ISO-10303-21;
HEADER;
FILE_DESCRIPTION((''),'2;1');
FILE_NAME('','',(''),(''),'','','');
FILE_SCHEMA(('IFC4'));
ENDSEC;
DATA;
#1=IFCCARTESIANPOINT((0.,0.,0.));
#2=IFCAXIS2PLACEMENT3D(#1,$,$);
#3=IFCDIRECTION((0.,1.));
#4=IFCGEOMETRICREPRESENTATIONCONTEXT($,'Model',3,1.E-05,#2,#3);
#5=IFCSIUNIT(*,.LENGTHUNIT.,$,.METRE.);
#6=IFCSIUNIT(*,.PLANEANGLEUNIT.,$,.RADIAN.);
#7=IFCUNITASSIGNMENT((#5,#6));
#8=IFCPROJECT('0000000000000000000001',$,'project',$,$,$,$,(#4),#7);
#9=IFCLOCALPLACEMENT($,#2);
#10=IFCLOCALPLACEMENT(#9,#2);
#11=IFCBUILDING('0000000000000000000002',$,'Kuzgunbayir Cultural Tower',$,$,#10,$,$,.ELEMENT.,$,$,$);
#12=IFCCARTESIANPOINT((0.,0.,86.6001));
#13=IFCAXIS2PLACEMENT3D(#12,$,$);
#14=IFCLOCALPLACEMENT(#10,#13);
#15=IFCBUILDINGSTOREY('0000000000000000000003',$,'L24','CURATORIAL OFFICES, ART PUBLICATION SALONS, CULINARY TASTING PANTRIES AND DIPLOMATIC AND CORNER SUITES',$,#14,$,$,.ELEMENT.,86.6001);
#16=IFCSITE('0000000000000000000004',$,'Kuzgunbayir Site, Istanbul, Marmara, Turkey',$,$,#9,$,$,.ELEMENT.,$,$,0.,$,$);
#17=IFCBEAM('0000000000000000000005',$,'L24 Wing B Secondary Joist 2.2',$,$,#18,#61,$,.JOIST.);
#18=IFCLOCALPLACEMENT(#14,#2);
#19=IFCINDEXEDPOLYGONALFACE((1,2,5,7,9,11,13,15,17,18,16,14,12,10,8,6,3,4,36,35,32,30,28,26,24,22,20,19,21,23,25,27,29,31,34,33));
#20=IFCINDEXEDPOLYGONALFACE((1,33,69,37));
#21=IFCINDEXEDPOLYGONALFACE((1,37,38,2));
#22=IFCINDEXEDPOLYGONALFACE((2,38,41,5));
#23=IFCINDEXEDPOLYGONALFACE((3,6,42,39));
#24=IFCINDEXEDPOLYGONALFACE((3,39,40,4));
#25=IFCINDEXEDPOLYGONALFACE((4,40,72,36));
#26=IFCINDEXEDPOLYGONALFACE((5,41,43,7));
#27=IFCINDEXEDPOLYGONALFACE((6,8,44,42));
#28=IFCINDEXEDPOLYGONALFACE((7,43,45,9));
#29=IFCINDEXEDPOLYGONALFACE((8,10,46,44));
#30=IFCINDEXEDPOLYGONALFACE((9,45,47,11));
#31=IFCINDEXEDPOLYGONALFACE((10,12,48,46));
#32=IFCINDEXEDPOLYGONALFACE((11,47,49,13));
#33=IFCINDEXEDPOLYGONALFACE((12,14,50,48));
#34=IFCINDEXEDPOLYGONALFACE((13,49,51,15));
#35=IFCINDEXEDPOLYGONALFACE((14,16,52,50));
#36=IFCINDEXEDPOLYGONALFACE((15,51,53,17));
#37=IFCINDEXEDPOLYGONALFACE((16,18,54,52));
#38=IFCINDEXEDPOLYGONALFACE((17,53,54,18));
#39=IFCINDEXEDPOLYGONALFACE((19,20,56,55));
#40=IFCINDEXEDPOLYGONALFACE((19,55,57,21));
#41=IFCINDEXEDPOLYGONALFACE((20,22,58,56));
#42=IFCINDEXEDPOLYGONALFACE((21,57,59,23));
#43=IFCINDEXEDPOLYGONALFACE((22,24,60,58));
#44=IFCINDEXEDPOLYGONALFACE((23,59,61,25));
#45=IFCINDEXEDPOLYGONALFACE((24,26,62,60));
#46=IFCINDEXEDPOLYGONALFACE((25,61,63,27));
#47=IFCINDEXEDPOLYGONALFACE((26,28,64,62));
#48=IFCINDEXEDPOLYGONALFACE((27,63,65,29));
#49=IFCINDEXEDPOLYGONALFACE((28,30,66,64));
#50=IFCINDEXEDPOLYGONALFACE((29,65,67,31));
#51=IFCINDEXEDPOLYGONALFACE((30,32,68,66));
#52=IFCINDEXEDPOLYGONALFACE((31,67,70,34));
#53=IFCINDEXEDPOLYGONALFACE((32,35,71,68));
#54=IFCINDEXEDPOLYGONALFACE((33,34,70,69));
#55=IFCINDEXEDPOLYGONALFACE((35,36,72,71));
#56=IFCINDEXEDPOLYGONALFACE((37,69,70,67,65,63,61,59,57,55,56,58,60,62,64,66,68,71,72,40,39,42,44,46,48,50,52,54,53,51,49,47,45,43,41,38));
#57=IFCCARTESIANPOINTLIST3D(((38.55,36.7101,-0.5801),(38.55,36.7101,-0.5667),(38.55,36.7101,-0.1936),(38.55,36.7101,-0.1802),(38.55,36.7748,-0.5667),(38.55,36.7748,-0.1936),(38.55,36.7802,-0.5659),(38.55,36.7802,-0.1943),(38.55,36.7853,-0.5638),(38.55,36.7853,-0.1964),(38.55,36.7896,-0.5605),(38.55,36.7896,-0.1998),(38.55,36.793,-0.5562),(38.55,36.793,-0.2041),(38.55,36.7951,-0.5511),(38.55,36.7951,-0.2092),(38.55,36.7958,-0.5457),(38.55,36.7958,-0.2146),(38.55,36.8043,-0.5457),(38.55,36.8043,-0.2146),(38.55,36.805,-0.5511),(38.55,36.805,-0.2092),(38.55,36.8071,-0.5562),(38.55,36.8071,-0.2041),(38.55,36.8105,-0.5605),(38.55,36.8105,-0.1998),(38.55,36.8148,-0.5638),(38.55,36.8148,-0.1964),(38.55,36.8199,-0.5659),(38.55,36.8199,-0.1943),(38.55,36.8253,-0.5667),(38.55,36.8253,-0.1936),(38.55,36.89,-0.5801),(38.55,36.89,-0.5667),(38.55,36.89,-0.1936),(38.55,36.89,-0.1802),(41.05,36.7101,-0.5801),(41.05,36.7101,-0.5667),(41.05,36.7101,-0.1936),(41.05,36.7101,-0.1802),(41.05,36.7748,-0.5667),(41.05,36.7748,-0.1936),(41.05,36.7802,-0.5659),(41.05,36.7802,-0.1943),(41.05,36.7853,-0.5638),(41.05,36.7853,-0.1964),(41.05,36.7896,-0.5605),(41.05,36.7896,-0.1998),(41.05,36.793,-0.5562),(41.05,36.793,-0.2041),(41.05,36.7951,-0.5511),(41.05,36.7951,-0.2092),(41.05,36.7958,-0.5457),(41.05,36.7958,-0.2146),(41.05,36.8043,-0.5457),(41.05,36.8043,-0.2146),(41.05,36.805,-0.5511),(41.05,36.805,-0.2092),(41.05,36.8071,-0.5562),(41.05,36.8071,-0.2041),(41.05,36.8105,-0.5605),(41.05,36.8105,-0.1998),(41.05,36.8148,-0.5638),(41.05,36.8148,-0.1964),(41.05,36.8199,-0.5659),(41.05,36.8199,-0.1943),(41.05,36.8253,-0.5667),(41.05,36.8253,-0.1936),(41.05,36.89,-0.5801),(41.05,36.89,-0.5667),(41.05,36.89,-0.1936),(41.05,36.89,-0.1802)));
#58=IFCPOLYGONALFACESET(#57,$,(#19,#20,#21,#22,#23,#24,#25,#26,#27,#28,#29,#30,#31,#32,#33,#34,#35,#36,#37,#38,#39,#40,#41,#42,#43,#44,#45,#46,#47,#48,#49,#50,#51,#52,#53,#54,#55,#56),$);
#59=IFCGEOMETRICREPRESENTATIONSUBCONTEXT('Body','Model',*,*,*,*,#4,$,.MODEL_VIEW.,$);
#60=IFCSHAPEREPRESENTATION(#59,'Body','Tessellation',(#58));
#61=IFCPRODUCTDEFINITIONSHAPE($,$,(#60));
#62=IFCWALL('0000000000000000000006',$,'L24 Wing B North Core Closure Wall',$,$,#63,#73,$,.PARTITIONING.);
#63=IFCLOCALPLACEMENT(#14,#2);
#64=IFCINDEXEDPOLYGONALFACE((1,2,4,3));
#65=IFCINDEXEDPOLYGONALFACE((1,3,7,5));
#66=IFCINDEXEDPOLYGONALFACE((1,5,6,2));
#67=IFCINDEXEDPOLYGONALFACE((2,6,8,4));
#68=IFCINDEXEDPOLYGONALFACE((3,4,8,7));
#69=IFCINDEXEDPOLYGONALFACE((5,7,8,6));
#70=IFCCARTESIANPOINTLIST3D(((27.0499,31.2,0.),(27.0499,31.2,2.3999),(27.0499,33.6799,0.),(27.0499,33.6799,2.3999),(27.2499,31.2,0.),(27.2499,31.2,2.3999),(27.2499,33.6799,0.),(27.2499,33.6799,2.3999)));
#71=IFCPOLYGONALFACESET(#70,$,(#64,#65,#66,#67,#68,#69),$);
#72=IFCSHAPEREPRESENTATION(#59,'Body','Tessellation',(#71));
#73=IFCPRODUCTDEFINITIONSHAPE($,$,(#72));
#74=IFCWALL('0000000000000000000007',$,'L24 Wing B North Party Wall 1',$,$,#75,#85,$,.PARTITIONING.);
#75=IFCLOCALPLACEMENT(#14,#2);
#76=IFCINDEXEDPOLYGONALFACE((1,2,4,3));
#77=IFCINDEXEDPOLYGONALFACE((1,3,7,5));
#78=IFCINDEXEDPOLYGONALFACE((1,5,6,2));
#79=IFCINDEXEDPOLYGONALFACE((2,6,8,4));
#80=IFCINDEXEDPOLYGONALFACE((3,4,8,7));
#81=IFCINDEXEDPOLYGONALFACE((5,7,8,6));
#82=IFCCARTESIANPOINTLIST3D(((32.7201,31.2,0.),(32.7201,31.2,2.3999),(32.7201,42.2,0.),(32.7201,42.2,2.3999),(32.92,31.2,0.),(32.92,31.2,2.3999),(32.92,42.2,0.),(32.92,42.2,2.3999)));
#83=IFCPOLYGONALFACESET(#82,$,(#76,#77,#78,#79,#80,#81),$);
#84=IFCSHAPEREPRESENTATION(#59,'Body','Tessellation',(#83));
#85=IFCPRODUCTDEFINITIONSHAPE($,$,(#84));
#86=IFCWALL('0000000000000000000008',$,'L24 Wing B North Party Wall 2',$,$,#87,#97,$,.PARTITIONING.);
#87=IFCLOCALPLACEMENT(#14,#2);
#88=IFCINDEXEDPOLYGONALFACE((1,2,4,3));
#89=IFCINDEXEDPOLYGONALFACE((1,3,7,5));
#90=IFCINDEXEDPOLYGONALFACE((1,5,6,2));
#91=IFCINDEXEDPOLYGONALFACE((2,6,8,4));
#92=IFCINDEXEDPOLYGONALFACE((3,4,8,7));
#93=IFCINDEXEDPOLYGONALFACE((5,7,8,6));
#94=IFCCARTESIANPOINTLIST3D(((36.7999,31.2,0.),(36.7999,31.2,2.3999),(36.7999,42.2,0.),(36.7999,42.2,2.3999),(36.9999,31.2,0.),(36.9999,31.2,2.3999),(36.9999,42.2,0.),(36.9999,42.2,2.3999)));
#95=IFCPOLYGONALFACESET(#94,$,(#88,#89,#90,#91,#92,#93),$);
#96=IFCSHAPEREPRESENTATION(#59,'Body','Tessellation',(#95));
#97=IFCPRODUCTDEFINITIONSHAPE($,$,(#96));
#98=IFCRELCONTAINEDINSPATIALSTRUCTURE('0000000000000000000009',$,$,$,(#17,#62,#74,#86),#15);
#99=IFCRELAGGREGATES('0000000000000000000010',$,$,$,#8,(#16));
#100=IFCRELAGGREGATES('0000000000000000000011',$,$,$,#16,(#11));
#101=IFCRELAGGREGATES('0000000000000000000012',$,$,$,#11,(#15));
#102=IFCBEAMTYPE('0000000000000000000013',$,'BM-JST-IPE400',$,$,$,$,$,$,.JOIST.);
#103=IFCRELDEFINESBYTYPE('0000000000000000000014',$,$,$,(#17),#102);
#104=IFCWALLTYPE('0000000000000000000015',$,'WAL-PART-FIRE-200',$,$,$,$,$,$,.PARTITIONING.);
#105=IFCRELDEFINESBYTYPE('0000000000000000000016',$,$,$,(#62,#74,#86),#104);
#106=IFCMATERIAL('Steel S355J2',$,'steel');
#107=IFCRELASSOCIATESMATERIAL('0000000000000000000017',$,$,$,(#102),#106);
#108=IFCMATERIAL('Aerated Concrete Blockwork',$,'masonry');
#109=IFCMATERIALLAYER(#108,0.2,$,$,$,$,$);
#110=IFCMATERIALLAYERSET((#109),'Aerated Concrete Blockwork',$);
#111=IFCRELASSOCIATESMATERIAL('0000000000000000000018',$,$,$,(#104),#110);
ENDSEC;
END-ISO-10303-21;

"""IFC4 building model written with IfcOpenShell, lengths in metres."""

from ifc_helpers import new_model, si_unit, direction, frame, frame_2d, origin, origin_2d, place, context, subcontext, project, spatial, rectangle, i_section, extrude, material, layer, layer_set, material_profile, profile_set, type_object, element, save


model = new_model("IFC4")

# Units and contexts
model_context = context("Model", 3, precision=1e-05, world=origin(), true_north=direction((0.0, 1.0)))
body_context = subcontext(model_context, "Body", "Model", "MODEL_VIEW")
ifc_project = project(units=[si_unit("LENGTHUNIT", "METRE"), si_unit("PLANEANGLEUNIT", "RADIAN")], contexts=[model_context])

# Site, building, storey
site_placement = place(None, origin())
site = spatial("IfcSite", under=ifc_project, at=site_placement, Name="Kuzgunbayir Site, Istanbul, Marmara, Turkey", CompositionType="ELEMENT", RefElevation=0.0)
building_placement = place(site_placement, origin())
building = spatial("IfcBuilding", under=site, at=building_placement, Name="Kuzgunbayir Cultural Tower", CompositionType="ELEMENT")
storey_placement = place(building_placement, frame((0.0, 0.0, 86.6001)))
storey = spatial("IfcBuildingStorey", under=building, at=storey_placement, Name="L24", Description="CURATORIAL OFFICES, ART PUBLICATION SALONS, CULINARY TASTING PANTRIES AND DIPLOMATIC AND CORNER SUITES", CompositionType="ELEMENT", Elevation=86.6001)

# Beam
ifc_material_1 = material(Name="Steel S355J2", Category="steel")
ifc_material_profile_1 = material_profile(ifc_material_1, i_section(OverallWidth=0.1799, OverallDepth=0.3999, WebThickness=0.0085, FlangeThickness=0.0134, FilletRadius=0.021, at=origin_2d()), Name="IPE 400")
ifc_profile_set_1 = profile_set([ifc_material_profile_1], Name="Steel S355J2")
beam_type_1 = type_object("IfcBeamType", Name="BM-JST-IPE400", PredefinedType="JOIST", material=ifc_profile_set_1)
for number, where, z_axis, x_axis, name in (
    (1, (38.55, 36.8, -0.3801), (1.0, 0.0, 0.0), (0.0, 1.0, 0.0), "L24 Wing B Secondary Joist 2.2"),
):
    element("IfcBeam", number, at=place(storey_placement, frame(where, z_axis=z_axis, x_axis=x_axis)), inside=storey, type_object=beam_type_1, Name=name, PredefinedType="JOIST", context=body_context, shape_type="SweptSolid", body=[
        extrude(i_section(OverallWidth=0.1799, OverallDepth=0.3999, WebThickness=0.0085, FlangeThickness=0.0134, FilletRadius=0.021, at=origin_2d()), origin(), (0.0, 0.0, 1.0), 2.5),
    ])

# Shared definitions
ifc_material_2 = material(Name="Aerated Concrete Blockwork", Category="masonry")
ifc_layer = layer(ifc_material_2, 0.2)
ifc_layer_set = layer_set([ifc_layer], Name="Aerated Concrete Blockwork")
wall_type = type_object("IfcWallType", Name="WAL-PART-FIRE-200", PredefinedType="PARTITIONING", material=ifc_layer_set)

# Walls
wall_1_placement = place(storey_placement, frame((27.1499, 31.2, 0.0), z_axis=(0.0, 0.0, 1.0), x_axis=(0.0, 1.0, 0.0)))
element("IfcWall", 2, at=wall_1_placement, inside=storey, type_object=wall_type, Name="L24 Wing B North Core Closure Wall", PredefinedType="PARTITIONING", context=body_context, shape_type="SweptSolid", body=[
    extrude(rectangle(XDim=2.48, YDim=0.2, at=frame_2d((1.24, 0.0))), origin(), (0.0, 0.0, 1.0), 2.3999),
])
for number, where, z_axis, x_axis, name in (
    (3, (32.8201, 31.2, 0.0), (0.0, 0.0, 1.0), (0.0, 1.0, 0.0), "L24 Wing B North Party Wall 1"),
    (4, (36.8999, 31.2, 0.0), (0.0, 0.0, 1.0), (0.0, 1.0, 0.0), "L24 Wing B North Party Wall 2"),
):
    element("IfcWall", number, at=place(storey_placement, frame(where, z_axis=z_axis, x_axis=x_axis)), inside=storey, type_object=wall_type, Name=name, PredefinedType="PARTITIONING", context=body_context, shape_type="SweptSolid", body=[
        extrude(rectangle(XDim=11.0, YDim=0.2, at=frame_2d((5.5, 0.0))), origin(), (0.0, 0.0, 1.0), 2.3999),
    ])

save(model, "model.ifc")
